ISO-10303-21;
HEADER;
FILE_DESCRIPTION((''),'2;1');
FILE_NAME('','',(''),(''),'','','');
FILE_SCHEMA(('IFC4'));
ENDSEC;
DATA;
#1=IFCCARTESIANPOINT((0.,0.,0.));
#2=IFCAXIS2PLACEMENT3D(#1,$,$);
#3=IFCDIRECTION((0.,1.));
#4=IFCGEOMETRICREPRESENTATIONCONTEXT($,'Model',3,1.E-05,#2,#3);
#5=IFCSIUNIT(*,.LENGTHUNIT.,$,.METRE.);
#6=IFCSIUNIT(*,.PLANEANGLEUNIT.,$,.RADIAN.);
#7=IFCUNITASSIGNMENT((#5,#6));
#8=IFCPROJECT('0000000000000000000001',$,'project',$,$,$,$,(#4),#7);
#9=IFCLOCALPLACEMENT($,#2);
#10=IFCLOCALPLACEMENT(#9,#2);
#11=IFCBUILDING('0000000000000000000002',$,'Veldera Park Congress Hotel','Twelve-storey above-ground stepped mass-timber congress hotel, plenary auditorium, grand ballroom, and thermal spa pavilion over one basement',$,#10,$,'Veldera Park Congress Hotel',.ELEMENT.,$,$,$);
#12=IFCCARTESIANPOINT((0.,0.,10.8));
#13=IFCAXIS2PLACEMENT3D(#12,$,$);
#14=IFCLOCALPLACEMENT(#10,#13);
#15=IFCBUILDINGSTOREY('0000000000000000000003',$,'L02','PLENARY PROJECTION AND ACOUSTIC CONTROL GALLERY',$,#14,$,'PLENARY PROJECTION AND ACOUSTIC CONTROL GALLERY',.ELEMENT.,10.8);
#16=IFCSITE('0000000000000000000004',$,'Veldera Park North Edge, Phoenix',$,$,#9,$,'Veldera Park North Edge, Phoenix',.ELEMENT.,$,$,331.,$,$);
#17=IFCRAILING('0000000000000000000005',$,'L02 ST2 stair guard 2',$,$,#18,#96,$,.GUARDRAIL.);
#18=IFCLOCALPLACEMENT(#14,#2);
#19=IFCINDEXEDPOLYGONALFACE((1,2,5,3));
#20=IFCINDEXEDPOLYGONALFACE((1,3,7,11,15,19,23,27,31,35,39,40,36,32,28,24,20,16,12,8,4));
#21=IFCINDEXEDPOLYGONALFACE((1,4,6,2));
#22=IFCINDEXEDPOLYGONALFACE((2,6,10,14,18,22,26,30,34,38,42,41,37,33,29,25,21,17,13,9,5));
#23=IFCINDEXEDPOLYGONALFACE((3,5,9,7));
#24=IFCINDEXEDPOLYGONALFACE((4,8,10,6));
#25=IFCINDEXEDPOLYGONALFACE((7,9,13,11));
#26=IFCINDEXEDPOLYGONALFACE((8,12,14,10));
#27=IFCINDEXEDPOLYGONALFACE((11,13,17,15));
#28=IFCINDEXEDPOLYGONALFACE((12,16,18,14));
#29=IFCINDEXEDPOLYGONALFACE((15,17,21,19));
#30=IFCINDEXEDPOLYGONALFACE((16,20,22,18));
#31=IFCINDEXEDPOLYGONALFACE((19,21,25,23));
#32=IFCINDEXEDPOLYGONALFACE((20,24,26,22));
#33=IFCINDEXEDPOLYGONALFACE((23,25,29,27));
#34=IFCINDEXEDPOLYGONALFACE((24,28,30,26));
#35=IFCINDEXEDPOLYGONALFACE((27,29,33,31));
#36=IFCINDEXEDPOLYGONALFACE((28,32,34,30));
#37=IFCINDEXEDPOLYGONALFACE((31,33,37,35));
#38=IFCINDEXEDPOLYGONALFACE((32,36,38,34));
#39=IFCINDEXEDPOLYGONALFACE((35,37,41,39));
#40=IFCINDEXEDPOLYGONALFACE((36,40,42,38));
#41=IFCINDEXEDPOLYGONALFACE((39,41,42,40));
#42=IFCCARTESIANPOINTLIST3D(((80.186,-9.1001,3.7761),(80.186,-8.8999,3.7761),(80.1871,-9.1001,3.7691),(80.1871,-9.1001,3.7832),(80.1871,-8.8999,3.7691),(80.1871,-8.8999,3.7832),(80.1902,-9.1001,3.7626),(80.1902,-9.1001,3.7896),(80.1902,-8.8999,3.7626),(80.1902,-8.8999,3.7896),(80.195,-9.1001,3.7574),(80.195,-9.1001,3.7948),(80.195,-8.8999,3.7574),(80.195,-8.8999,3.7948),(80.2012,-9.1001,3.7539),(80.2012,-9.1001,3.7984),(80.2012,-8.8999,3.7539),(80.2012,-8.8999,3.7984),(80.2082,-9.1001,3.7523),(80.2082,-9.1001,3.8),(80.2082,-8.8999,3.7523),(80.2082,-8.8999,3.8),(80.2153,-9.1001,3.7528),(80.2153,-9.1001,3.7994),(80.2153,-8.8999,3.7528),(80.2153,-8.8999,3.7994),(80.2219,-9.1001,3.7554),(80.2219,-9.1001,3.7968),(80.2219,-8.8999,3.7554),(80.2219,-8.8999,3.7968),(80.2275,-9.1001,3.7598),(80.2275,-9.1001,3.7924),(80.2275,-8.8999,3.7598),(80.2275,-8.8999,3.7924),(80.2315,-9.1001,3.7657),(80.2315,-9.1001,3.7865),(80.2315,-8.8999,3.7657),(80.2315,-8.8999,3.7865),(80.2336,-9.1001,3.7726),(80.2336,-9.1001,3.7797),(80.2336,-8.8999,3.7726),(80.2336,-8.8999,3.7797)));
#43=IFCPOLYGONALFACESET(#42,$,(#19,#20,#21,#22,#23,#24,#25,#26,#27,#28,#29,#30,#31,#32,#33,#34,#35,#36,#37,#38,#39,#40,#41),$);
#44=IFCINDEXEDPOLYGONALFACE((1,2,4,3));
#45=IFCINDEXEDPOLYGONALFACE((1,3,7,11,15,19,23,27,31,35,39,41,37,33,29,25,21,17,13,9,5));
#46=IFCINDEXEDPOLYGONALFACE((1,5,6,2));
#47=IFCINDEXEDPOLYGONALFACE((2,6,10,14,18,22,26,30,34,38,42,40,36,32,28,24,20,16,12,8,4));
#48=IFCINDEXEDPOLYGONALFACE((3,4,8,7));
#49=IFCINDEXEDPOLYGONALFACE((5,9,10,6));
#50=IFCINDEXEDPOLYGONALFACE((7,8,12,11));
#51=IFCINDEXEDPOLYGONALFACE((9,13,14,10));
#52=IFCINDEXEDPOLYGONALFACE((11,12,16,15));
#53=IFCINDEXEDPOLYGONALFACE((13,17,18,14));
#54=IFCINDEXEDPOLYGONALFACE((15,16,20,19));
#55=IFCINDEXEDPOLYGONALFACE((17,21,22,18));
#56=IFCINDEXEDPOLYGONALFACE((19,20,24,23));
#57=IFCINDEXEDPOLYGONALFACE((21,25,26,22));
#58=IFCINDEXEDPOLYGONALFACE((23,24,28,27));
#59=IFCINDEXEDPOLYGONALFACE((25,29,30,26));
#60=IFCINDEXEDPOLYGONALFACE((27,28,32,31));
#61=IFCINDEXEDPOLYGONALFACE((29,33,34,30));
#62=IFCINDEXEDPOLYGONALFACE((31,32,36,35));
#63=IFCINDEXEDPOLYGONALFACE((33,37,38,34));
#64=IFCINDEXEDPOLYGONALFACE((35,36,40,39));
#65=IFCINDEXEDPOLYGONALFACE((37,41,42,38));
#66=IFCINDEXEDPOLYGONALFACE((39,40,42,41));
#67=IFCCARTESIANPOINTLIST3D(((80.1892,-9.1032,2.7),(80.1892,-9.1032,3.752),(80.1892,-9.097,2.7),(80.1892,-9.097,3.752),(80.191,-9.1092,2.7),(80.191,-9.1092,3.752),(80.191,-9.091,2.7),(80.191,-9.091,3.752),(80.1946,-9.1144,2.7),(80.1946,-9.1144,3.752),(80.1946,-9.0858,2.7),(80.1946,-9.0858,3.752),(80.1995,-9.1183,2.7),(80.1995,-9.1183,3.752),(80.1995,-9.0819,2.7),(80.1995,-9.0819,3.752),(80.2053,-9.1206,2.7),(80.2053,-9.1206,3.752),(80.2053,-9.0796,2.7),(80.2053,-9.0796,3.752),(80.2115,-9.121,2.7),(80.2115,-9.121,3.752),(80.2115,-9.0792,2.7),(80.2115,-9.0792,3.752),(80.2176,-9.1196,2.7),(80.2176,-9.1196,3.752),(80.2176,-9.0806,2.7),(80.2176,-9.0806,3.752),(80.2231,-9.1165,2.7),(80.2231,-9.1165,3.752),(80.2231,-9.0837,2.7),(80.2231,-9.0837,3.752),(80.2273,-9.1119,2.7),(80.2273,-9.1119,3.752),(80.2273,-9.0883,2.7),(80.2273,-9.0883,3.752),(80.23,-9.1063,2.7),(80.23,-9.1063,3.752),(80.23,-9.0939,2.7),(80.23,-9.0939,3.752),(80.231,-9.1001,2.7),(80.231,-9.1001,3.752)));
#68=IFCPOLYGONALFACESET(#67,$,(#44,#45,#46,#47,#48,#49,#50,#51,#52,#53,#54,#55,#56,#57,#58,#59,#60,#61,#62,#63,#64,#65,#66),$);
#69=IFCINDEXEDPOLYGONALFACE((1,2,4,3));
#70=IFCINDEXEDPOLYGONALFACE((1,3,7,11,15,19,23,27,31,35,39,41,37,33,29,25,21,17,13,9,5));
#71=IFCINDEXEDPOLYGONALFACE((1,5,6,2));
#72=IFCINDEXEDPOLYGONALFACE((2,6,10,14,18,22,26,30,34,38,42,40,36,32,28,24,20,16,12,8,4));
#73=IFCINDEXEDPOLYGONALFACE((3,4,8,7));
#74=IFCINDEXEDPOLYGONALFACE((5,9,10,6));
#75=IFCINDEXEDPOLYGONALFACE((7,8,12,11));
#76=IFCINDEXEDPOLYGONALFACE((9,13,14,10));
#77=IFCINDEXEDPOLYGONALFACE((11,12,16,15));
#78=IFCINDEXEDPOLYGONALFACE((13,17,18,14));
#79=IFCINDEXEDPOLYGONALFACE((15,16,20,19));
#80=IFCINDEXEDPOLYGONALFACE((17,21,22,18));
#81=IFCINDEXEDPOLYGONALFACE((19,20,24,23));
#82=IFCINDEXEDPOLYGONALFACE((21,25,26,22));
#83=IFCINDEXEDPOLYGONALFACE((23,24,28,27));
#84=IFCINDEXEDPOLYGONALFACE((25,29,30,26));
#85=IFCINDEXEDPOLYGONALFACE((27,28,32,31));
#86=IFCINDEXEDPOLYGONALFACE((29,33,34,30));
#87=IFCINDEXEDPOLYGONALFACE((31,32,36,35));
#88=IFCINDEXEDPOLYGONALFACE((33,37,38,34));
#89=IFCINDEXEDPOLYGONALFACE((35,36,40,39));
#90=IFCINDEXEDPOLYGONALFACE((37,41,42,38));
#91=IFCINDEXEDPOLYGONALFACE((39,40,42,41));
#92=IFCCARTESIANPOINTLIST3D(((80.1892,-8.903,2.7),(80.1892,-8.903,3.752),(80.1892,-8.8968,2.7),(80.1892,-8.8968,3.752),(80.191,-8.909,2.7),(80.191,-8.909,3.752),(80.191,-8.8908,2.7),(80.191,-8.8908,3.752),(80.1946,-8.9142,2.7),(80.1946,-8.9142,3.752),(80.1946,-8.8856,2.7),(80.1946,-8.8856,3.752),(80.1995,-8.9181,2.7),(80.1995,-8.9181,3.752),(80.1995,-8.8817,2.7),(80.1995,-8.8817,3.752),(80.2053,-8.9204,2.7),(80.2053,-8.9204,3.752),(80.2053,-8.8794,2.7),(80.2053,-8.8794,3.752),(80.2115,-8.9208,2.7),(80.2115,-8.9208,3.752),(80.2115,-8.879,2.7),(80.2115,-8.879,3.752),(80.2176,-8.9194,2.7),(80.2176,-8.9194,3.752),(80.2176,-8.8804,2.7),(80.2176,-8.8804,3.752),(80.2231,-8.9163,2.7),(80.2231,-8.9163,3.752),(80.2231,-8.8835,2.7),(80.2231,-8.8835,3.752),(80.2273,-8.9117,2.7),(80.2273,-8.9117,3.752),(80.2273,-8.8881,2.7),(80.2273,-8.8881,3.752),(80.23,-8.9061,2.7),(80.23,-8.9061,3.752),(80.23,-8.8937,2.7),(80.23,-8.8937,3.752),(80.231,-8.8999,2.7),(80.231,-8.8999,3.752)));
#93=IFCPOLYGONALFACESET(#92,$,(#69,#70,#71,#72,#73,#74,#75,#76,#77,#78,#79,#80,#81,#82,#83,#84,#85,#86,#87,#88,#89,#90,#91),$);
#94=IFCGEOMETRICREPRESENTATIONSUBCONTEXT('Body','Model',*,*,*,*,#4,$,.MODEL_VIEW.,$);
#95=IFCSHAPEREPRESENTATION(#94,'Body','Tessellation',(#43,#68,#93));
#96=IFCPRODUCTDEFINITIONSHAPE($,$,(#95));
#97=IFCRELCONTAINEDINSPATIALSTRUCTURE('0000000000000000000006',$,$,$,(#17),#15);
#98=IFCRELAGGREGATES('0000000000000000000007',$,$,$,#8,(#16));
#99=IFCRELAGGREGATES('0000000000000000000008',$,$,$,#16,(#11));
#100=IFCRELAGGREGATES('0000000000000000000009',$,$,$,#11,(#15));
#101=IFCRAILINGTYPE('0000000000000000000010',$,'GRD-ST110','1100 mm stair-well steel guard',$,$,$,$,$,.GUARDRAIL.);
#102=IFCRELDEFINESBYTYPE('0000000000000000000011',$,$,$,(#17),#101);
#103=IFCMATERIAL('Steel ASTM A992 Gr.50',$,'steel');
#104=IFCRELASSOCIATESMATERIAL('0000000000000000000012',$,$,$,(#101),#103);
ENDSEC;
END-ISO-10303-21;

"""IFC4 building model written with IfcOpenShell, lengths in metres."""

from ifc_helpers import new_model, si_unit, direction, frame, origin, origin_2d, place, context, subcontext, project, spatial, circle, extrude, material, type_object, element, save


model = new_model("IFC4")

# Units and contexts
model_context = context("Model", 3, precision=1e-05, world=origin(), true_north=direction((0.0, 1.0)))
body_context = subcontext(model_context, "Body", "Model", "MODEL_VIEW")
ifc_project = project(units=[si_unit("LENGTHUNIT", "METRE"), si_unit("PLANEANGLEUNIT", "RADIAN")], contexts=[model_context])

# Site, building, storey
site_placement = place(None, origin())
site = spatial("IfcSite", under=ifc_project, at=site_placement, Name="Veldera Park North Edge, Phoenix", LongName="Veldera Park North Edge, Phoenix", CompositionType="ELEMENT", RefElevation=331.0)
building_placement = place(site_placement, origin())
building = spatial("IfcBuilding", under=site, at=building_placement, Name="Veldera Park Congress Hotel", Description="Twelve-storey above-ground stepped mass-timber congress hotel, plenary auditorium, grand ballroom, and thermal spa pavilion over one basement", LongName="Veldera Park Congress Hotel", CompositionType="ELEMENT")
storey_placement = place(building_placement, frame((0.0, 0.0, 10.8)))
storey = spatial("IfcBuildingStorey", under=building, at=storey_placement, Name="L02", Description="PLENARY PROJECTION AND ACOUSTIC CONTROL GALLERY", LongName="PLENARY PROJECTION AND ACOUSTIC CONTROL GALLERY", CompositionType="ELEMENT", Elevation=10.8)

# Shared definitions
ifc_material_1 = material(Name="Steel ASTM A992 Gr.50", Category="steel")

# Railing
railing_type_1 = type_object("IfcRailingType", Name="GRD-ST110", Description="1100 mm stair-well steel guard", PredefinedType="GUARDRAIL", material=ifc_material_1)
railing_1_placement = place(storey_placement, frame((80.21, -9.1001, 2.7)))
element("IfcRailing", 1, at=railing_1_placement, inside=storey, type_object=railing_type_1, Name="L02 ST2 stair guard 2", PredefinedType="GUARDRAIL", context=body_context, shape_type="SweptSolid", body=[
    extrude(circle(Radius=0.0239, at=origin_2d()), frame((0.0, 0.0, 1.0762), z_axis=(0.0, 1.0, 0.0), x_axis=(-1.0, 0.0, 0.0)), (0.0, 0.0, 1.0), 0.2002),
    extrude(circle(Radius=0.021, at=origin_2d()), origin(), (0.0, 0.0, 1.0), 1.052),
    extrude(circle(Radius=0.021, at=origin_2d()), frame((0.0, 0.2002, 0.0)), (0.0, 0.0, 1.0), 1.052),
])

save(model, "model.ifc")
